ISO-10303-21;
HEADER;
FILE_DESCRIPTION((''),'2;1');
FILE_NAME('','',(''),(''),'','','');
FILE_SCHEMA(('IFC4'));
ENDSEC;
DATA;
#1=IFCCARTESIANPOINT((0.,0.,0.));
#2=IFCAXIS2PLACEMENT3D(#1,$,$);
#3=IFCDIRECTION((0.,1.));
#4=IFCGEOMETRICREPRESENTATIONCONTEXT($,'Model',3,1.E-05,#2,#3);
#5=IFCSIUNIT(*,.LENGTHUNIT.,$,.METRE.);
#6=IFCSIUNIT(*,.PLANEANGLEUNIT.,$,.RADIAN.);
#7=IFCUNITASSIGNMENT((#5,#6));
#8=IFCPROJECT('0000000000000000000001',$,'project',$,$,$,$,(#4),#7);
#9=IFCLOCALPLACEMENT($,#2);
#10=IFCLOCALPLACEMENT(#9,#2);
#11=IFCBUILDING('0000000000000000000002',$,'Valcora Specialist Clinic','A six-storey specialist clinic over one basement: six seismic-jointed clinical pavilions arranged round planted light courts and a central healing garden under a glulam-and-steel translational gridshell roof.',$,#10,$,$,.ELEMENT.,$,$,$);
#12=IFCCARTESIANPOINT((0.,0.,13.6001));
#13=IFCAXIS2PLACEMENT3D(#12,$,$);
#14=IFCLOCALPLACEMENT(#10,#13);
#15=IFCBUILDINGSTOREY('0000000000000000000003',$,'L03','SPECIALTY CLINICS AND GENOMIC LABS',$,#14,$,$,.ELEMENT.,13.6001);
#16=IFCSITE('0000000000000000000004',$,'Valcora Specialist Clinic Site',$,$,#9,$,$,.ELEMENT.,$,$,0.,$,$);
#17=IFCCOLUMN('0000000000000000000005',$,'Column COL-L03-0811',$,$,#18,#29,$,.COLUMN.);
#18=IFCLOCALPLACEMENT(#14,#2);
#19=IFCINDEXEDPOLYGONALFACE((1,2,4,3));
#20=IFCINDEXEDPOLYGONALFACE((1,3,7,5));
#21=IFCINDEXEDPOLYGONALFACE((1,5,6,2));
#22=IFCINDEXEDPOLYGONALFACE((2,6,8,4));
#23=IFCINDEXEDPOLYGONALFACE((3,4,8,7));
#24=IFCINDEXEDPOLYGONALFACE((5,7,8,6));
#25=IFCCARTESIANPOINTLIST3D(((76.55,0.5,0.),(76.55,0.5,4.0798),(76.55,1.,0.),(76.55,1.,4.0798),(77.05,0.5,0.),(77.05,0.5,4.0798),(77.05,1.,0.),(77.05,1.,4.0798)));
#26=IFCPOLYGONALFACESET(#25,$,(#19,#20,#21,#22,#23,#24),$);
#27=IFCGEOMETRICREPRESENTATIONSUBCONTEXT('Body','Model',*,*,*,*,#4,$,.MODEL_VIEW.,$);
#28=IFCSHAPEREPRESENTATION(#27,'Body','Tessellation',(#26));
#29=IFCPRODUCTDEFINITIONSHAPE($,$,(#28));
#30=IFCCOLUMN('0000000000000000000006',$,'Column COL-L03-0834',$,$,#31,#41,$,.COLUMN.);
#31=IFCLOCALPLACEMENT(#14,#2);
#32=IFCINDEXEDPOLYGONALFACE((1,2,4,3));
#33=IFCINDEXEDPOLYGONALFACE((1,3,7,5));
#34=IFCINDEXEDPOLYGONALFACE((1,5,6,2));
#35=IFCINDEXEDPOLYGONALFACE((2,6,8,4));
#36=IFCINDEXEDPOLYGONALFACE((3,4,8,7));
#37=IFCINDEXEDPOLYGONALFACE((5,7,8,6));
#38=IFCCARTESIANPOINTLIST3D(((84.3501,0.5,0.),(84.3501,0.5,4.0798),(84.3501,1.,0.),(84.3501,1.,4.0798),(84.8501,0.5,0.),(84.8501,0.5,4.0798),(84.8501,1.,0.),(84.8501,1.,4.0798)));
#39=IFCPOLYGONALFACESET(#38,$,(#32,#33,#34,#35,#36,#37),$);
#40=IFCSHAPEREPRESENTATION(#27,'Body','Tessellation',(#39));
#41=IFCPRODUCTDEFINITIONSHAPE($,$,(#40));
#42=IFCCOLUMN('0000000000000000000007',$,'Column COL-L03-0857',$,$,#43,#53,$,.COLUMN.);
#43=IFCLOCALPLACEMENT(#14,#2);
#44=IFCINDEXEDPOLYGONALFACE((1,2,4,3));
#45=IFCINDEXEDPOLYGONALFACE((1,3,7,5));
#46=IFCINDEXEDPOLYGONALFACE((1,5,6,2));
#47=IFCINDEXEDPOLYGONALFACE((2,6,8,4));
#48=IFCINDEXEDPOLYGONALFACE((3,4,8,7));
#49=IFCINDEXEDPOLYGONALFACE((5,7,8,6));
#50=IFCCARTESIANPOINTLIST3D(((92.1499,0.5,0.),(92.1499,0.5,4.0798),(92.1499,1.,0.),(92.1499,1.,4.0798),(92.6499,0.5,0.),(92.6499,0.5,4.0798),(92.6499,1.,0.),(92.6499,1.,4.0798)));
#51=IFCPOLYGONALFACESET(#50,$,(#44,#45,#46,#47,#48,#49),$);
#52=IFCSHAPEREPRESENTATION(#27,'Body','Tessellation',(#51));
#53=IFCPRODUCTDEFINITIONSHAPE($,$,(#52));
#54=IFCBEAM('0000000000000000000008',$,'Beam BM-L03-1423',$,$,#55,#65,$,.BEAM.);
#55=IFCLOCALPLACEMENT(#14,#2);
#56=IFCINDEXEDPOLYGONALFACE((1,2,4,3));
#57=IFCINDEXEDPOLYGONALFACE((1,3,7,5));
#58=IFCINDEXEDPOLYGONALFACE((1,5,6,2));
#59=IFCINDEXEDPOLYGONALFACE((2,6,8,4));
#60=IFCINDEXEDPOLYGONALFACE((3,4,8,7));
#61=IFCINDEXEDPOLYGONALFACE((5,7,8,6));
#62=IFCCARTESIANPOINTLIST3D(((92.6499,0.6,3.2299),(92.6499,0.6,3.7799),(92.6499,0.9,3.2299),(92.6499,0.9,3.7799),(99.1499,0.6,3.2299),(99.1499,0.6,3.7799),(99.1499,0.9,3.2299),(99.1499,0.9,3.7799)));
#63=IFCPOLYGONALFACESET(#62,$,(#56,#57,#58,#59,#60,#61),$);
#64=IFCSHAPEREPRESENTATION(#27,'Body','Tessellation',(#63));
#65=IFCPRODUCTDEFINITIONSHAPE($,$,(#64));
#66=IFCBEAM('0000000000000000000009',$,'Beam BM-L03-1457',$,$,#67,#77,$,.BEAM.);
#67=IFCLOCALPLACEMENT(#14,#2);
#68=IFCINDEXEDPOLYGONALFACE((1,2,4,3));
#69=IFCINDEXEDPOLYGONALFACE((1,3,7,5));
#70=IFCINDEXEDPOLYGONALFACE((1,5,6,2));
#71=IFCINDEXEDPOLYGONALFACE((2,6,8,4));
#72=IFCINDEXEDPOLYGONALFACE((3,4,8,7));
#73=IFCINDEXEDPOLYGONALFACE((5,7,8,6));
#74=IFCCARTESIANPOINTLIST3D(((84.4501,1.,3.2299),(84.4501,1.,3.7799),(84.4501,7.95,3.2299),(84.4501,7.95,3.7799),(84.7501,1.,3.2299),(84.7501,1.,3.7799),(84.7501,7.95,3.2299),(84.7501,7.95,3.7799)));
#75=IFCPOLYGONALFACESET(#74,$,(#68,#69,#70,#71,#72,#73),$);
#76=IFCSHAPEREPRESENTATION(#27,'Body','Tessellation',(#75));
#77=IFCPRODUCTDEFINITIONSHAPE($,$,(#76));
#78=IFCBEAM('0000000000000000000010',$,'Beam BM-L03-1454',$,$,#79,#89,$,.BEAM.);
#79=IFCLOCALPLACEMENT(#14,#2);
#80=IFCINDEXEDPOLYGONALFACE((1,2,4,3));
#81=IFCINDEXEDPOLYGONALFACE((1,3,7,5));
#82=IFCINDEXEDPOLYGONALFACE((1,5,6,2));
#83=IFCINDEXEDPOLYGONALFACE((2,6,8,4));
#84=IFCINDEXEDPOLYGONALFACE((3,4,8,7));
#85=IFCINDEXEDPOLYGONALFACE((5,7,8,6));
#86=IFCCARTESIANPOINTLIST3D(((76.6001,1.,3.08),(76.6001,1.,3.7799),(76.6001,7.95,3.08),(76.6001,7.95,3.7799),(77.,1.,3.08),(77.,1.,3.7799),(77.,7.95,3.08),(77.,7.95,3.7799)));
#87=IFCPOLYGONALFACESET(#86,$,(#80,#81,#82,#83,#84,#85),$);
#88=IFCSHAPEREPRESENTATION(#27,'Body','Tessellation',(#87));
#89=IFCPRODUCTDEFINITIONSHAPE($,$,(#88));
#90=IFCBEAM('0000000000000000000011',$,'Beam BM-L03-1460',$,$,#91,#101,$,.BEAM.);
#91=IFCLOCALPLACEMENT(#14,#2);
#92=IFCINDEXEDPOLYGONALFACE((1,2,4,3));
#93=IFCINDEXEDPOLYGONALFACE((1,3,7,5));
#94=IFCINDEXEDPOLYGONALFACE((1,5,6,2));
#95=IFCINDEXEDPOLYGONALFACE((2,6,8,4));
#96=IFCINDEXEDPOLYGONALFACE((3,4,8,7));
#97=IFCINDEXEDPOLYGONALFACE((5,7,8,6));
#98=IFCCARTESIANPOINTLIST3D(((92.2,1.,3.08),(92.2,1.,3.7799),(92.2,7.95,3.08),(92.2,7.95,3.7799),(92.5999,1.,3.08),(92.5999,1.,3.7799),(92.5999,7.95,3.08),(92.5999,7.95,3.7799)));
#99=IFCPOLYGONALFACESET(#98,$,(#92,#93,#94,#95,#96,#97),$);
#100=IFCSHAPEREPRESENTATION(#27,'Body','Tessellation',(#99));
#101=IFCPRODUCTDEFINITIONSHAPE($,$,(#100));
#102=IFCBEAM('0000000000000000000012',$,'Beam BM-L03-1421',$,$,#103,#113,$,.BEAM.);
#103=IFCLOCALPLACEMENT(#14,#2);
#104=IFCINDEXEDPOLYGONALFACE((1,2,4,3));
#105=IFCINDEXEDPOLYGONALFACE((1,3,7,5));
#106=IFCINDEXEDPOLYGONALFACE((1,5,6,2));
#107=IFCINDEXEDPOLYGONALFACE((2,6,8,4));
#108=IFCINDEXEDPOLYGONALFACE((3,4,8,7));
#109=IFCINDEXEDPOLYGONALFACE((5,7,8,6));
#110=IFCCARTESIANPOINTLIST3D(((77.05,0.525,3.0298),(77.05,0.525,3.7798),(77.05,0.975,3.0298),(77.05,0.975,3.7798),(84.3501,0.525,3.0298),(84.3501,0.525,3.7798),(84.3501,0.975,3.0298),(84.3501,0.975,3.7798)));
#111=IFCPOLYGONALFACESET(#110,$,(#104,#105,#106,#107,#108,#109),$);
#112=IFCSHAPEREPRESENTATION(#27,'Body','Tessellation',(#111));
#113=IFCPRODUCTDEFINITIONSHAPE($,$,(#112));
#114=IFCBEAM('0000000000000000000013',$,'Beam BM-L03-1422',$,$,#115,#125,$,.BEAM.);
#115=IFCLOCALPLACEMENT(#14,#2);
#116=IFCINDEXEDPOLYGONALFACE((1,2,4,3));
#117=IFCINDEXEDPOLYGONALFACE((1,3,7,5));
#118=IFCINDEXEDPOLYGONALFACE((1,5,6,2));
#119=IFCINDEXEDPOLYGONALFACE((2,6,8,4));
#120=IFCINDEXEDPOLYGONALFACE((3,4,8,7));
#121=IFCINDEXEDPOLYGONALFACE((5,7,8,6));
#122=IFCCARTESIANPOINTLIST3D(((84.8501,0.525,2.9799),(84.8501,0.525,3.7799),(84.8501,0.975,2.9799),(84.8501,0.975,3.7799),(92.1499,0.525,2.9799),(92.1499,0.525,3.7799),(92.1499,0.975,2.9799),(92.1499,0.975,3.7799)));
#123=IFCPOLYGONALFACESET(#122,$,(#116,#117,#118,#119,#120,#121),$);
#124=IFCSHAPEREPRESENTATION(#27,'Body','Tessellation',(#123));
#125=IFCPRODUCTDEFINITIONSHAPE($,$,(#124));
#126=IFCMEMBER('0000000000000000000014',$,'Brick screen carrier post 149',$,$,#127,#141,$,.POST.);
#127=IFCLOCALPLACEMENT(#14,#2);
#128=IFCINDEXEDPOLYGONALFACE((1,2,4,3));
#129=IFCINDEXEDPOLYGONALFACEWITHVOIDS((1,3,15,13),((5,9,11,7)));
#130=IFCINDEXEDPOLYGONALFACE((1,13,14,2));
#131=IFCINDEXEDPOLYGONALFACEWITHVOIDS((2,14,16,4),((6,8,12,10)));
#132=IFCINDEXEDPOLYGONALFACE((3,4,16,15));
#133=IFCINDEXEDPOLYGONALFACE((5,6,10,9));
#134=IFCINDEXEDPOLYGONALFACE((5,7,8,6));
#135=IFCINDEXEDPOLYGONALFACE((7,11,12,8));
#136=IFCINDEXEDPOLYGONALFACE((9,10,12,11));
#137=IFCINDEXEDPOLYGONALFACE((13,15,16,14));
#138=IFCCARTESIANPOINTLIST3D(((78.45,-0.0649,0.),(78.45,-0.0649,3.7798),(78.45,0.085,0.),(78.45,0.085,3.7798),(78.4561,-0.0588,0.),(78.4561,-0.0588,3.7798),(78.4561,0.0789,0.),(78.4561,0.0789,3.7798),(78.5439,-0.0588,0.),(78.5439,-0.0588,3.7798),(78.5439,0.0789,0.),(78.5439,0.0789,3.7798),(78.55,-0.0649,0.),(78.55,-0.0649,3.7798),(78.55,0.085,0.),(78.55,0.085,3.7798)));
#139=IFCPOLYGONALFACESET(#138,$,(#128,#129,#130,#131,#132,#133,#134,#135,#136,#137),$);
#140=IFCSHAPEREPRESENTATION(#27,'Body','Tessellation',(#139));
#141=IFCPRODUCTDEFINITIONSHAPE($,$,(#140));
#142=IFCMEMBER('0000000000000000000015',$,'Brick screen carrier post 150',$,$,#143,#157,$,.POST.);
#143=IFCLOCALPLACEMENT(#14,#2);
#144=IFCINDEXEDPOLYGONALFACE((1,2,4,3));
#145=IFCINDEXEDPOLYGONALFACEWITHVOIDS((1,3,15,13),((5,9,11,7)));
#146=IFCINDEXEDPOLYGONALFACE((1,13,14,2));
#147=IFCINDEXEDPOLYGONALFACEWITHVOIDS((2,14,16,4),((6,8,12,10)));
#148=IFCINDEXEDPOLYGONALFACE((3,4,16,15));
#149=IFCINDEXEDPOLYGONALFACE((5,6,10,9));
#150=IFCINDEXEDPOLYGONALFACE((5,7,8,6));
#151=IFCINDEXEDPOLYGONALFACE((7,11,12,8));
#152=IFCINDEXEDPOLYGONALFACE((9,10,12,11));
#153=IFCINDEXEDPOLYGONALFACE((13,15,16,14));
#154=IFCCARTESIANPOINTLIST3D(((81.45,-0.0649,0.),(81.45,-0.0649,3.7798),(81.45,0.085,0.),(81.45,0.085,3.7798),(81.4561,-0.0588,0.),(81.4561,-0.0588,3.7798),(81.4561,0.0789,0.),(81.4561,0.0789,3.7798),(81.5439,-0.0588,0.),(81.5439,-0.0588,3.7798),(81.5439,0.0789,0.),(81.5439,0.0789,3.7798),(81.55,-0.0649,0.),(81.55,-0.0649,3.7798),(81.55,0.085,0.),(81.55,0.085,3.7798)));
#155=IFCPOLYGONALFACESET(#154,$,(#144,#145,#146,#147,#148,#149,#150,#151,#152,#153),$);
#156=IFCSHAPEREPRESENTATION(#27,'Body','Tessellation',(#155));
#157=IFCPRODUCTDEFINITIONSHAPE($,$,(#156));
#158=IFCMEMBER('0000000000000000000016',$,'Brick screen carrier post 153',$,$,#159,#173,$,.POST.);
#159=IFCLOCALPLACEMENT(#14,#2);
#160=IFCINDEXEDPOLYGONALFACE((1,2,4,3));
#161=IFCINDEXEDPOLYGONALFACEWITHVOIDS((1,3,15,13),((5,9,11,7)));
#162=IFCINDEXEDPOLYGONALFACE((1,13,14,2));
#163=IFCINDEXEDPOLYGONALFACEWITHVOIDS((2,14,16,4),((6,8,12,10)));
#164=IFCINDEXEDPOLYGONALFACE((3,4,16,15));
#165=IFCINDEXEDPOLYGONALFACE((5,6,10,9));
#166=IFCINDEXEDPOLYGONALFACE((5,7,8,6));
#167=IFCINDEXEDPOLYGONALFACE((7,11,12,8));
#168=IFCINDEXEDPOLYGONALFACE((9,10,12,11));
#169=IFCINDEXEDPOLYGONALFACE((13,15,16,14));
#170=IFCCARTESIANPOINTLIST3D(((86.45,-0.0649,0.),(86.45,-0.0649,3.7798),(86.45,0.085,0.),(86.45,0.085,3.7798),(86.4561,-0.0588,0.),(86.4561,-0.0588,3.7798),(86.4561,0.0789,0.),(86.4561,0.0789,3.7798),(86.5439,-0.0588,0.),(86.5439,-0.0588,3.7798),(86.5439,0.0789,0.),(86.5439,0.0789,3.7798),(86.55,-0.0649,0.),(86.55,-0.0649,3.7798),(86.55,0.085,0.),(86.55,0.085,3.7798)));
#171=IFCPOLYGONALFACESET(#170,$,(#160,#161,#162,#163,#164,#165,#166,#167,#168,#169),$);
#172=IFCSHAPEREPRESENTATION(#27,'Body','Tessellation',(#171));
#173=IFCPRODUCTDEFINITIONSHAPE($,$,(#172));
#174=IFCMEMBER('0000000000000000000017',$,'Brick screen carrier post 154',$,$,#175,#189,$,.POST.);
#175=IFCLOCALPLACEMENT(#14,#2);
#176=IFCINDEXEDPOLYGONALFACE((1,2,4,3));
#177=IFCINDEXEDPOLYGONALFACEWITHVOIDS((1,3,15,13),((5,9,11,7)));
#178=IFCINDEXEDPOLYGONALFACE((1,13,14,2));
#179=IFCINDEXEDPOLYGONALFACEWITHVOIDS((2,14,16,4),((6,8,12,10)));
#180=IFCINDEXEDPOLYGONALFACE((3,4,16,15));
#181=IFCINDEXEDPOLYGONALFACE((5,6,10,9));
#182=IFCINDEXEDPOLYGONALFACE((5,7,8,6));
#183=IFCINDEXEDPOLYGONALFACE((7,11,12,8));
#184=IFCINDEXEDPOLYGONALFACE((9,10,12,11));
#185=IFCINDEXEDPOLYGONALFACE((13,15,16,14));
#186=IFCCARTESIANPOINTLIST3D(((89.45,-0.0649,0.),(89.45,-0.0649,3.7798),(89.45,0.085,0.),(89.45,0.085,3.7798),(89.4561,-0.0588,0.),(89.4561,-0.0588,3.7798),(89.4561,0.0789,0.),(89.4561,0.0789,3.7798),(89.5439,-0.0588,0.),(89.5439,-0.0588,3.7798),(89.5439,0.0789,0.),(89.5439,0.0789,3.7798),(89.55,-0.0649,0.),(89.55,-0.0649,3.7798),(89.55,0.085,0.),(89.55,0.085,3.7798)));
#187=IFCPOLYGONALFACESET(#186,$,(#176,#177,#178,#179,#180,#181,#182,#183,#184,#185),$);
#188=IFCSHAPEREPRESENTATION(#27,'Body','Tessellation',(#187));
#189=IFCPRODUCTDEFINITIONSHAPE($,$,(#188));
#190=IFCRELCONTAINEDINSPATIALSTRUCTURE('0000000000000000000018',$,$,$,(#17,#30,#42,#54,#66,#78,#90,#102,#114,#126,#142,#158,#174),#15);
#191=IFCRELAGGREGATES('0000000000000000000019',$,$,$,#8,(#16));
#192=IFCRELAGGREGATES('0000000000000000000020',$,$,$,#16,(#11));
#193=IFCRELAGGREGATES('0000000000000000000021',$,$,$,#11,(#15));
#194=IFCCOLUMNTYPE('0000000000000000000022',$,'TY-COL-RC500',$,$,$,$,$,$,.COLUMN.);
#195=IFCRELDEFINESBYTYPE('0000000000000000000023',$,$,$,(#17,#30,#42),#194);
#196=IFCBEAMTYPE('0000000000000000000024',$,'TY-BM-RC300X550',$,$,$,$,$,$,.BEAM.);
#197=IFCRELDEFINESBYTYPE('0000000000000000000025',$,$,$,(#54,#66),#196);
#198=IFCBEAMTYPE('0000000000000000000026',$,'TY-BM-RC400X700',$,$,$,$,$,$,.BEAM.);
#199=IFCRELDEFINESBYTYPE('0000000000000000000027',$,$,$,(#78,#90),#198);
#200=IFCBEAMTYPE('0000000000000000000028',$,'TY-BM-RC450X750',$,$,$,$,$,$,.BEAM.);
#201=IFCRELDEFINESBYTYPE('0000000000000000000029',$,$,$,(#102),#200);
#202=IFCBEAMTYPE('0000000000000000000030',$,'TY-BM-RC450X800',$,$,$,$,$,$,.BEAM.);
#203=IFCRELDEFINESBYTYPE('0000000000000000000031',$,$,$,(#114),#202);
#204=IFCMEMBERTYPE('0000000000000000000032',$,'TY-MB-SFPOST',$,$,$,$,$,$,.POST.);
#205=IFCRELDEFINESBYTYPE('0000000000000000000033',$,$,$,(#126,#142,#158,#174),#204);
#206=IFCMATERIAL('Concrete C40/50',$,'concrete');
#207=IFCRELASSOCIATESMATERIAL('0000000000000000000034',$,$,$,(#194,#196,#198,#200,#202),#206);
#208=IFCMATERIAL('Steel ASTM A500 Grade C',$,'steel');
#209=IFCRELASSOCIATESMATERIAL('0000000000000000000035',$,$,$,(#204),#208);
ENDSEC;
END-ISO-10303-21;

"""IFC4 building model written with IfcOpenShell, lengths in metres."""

from ifc_helpers import new_model, si_unit, direction, frame, origin, origin_2d, place, context, subcontext, project, spatial, rectangle, hollow_rectangle, extrude, material, material_profile, profile_set, type_object, element, save


model = new_model("IFC4")

# Units and contexts
model_context = context("Model", 3, precision=1e-05, world=origin(), true_north=direction((0.0, 1.0)))
body_context = subcontext(model_context, "Body", "Model", "MODEL_VIEW")
ifc_project = project(units=[si_unit("LENGTHUNIT", "METRE"), si_unit("PLANEANGLEUNIT", "RADIAN")], contexts=[model_context])

# Site, building, storey
site_placement = place(None, origin())
site = spatial("IfcSite", under=ifc_project, at=site_placement, Name="Valcora Specialist Clinic Site", CompositionType="ELEMENT", RefElevation=0.0)
building_placement = place(site_placement, origin())
building = spatial("IfcBuilding", under=site, at=building_placement, Name="Valcora Specialist Clinic", Description="A six-storey specialist clinic over one basement: six seismic-jointed clinical pavilions arranged round planted light courts and a central healing garden under a glulam-and-steel translational gridshell roof.", CompositionType="ELEMENT")
storey_placement = place(building_placement, frame((0.0, 0.0, 13.6001)))
storey = spatial("IfcBuildingStorey", under=building, at=storey_placement, Name="L03", Description="SPECIALTY CLINICS AND GENOMIC LABS", CompositionType="ELEMENT", Elevation=13.6001)

# Columns
ifc_material_1 = material(Name="Concrete C40/50", Category="concrete")
ifc_material_profile_1 = material_profile(ifc_material_1, rectangle(XDim=0.5, YDim=0.5, at=origin_2d()), Name="RC-COL-500X500")
ifc_profile_set_1 = profile_set([ifc_material_profile_1], Name="Concrete C40/50")
column_type = type_object("IfcColumnType", Name="TY-COL-RC500", PredefinedType="COLUMN", material=ifc_profile_set_1)
for number, where, z_axis, x_axis, name in (
    (1, (76.8, 0.75, 0.0), (0.0, 0.0, 1.0), (1.0, 0.0, 0.0), "Column COL-L03-0811"),
    (2, (84.6001, 0.75, 0.0), (0.0, 0.0, 1.0), (1.0, 0.0, 0.0), "Column COL-L03-0834"),
    (3, (92.3999, 0.75, 0.0), (0.0, 0.0, 1.0), (1.0, 0.0, 0.0), "Column COL-L03-0857"),
):
    element("IfcColumn", number, at=place(storey_placement, frame(where, z_axis=z_axis, x_axis=x_axis)), inside=storey, type_object=column_type, Name=name, PredefinedType="COLUMN", context=body_context, shape_type="SweptSolid", body=[
        extrude(rectangle(XDim=0.5, YDim=0.5, at=origin_2d()), origin(), (0.0, 0.0, 1.0), 4.0798),
    ])

# Beams
ifc_material_profile_2 = material_profile(ifc_material_1, rectangle(XDim=0.3, YDim=0.55, at=origin_2d()), Name="RC-BM-300X550")
ifc_profile_set_2 = profile_set([ifc_material_profile_2], Name="Concrete C40/50")
beam_type_1 = type_object("IfcBeamType", Name="TY-BM-RC300X550", PredefinedType="BEAM", material=ifc_profile_set_2)
beam_1_placement = place(storey_placement, frame((92.6499, 0.75, 3.5049), z_axis=(1.0, 0.0, 0.0), x_axis=(0.0, 1.0, 0.0)))
element("IfcBeam", 4, at=beam_1_placement, inside=storey, type_object=beam_type_1, Name="Beam BM-L03-1423", PredefinedType="BEAM", context=body_context, shape_type="SweptSolid", body=[
    extrude(rectangle(XDim=0.3, YDim=0.55, at=origin_2d()), origin(), (0.0, 0.0, 1.0), 6.5),
])
beam_2_placement = place(storey_placement, frame((84.6001, 1.0, 3.5049), z_axis=(0.0, 1.0, 0.0), x_axis=(-1.0, 0.0, 0.0)))
element("IfcBeam", 5, at=beam_2_placement, inside=storey, type_object=beam_type_1, Name="Beam BM-L03-1457", PredefinedType="BEAM", context=body_context, shape_type="SweptSolid", body=[
    extrude(rectangle(XDim=0.3, YDim=0.55, at=origin_2d()), origin(), (0.0, 0.0, 1.0), 6.95),
])
ifc_material_profile_3 = material_profile(ifc_material_1, rectangle(XDim=0.3999, YDim=0.7, at=origin_2d()), Name="RC-BM-400X700")
ifc_profile_set_3 = profile_set([ifc_material_profile_3], Name="Concrete C40/50")
beam_type_2 = type_object("IfcBeamType", Name="TY-BM-RC400X700", PredefinedType="BEAM", material=ifc_profile_set_3)
for number, where, z_axis, x_axis, name in (
    (6, (76.8, 1.0, 3.4299), (0.0, 1.0, 0.0), (-1.0, 0.0, 0.0), "Beam BM-L03-1454"),
    (7, (92.3999, 1.0, 3.4299), (0.0, 1.0, 0.0), (-1.0, 0.0, 0.0), "Beam BM-L03-1460"),
):
    element("IfcBeam", number, at=place(storey_placement, frame(where, z_axis=z_axis, x_axis=x_axis)), inside=storey, type_object=beam_type_2, Name=name, PredefinedType="BEAM", context=body_context, shape_type="SweptSolid", body=[
        extrude(rectangle(XDim=0.3999, YDim=0.7, at=origin_2d()), origin(), (0.0, 0.0, 1.0), 6.95),
    ])
ifc_material_profile_4 = material_profile(ifc_material_1, rectangle(XDim=0.45, YDim=0.75, at=origin_2d()), Name="RC-BM-450X750")
ifc_profile_set_4 = profile_set([ifc_material_profile_4], Name="Concrete C40/50")
beam_type_3 = type_object("IfcBeamType", Name="TY-BM-RC450X750", PredefinedType="BEAM", material=ifc_profile_set_4)
beam_3_placement = place(storey_placement, frame((77.05, 0.75, 3.4048), z_axis=(1.0, 0.0, 0.0), x_axis=(0.0, 1.0, 0.0)))
element("IfcBeam", 8, at=beam_3_placement, inside=storey, type_object=beam_type_3, Name="Beam BM-L03-1421", PredefinedType="BEAM", context=body_context, shape_type="SweptSolid", body=[
    extrude(rectangle(XDim=0.45, YDim=0.75, at=origin_2d()), origin(), (0.0, 0.0, 1.0), 7.3),
])
ifc_material_profile_5 = material_profile(ifc_material_1, rectangle(XDim=0.45, YDim=0.8, at=origin_2d()), Name="RC-BM-450X800")
ifc_profile_set_5 = profile_set([ifc_material_profile_5], Name="Concrete C40/50")
beam_type_4 = type_object("IfcBeamType", Name="TY-BM-RC450X800", PredefinedType="BEAM", material=ifc_profile_set_5)
beam_4_placement = place(storey_placement, frame((84.8501, 0.75, 3.3799), z_axis=(1.0, 0.0, 0.0), x_axis=(0.0, 1.0, 0.0)))
element("IfcBeam", 9, at=beam_4_placement, inside=storey, type_object=beam_type_4, Name="Beam BM-L03-1422", PredefinedType="BEAM", context=body_context, shape_type="SweptSolid", body=[
    extrude(rectangle(XDim=0.45, YDim=0.8, at=origin_2d()), origin(), (0.0, 0.0, 1.0), 7.2998),
])

# Members
ifc_material_2 = material(Name="Steel ASTM A500 Grade C", Category="steel")
ifc_material_profile_6 = material_profile(ifc_material_2, hollow_rectangle(XDim=0.1001, YDim=0.1499, WallThickness=0.0061, at=origin_2d()), Name="ST-RHS-150X100X6")
ifc_profile_set_6 = profile_set([ifc_material_profile_6], Name="Steel ASTM A500 Grade C")
member_type_1 = type_object("IfcMemberType", Name="TY-MB-SFPOST", PredefinedType="POST", material=ifc_profile_set_6)
for number, where, z_axis, x_axis, name in (
    (10, (78.5, 0.01, 0.0), (0.0, 0.0, 1.0), (1.0, 0.0, 0.0), "Brick screen carrier post 149"),
    (11, (81.5, 0.01, 0.0), (0.0, 0.0, 1.0), (1.0, 0.0, 0.0), "Brick screen carrier post 150"),
    (12, (86.5, 0.01, 0.0), (0.0, 0.0, 1.0), (1.0, 0.0, 0.0), "Brick screen carrier post 153"),
    (13, (89.5, 0.01, 0.0), (0.0, 0.0, 1.0), (1.0, 0.0, 0.0), "Brick screen carrier post 154"),
):
    element("IfcMember", number, at=place(storey_placement, frame(where, z_axis=z_axis, x_axis=x_axis)), inside=storey, type_object=member_type_1, Name=name, PredefinedType="POST", context=body_context, shape_type="SweptSolid", body=[
        extrude(hollow_rectangle(XDim=0.1001, YDim=0.1499, WallThickness=0.0061, at=origin_2d()), origin(), (0.0, 0.0, 1.0), 3.7798),
    ])

save(model, "model.ifc")
